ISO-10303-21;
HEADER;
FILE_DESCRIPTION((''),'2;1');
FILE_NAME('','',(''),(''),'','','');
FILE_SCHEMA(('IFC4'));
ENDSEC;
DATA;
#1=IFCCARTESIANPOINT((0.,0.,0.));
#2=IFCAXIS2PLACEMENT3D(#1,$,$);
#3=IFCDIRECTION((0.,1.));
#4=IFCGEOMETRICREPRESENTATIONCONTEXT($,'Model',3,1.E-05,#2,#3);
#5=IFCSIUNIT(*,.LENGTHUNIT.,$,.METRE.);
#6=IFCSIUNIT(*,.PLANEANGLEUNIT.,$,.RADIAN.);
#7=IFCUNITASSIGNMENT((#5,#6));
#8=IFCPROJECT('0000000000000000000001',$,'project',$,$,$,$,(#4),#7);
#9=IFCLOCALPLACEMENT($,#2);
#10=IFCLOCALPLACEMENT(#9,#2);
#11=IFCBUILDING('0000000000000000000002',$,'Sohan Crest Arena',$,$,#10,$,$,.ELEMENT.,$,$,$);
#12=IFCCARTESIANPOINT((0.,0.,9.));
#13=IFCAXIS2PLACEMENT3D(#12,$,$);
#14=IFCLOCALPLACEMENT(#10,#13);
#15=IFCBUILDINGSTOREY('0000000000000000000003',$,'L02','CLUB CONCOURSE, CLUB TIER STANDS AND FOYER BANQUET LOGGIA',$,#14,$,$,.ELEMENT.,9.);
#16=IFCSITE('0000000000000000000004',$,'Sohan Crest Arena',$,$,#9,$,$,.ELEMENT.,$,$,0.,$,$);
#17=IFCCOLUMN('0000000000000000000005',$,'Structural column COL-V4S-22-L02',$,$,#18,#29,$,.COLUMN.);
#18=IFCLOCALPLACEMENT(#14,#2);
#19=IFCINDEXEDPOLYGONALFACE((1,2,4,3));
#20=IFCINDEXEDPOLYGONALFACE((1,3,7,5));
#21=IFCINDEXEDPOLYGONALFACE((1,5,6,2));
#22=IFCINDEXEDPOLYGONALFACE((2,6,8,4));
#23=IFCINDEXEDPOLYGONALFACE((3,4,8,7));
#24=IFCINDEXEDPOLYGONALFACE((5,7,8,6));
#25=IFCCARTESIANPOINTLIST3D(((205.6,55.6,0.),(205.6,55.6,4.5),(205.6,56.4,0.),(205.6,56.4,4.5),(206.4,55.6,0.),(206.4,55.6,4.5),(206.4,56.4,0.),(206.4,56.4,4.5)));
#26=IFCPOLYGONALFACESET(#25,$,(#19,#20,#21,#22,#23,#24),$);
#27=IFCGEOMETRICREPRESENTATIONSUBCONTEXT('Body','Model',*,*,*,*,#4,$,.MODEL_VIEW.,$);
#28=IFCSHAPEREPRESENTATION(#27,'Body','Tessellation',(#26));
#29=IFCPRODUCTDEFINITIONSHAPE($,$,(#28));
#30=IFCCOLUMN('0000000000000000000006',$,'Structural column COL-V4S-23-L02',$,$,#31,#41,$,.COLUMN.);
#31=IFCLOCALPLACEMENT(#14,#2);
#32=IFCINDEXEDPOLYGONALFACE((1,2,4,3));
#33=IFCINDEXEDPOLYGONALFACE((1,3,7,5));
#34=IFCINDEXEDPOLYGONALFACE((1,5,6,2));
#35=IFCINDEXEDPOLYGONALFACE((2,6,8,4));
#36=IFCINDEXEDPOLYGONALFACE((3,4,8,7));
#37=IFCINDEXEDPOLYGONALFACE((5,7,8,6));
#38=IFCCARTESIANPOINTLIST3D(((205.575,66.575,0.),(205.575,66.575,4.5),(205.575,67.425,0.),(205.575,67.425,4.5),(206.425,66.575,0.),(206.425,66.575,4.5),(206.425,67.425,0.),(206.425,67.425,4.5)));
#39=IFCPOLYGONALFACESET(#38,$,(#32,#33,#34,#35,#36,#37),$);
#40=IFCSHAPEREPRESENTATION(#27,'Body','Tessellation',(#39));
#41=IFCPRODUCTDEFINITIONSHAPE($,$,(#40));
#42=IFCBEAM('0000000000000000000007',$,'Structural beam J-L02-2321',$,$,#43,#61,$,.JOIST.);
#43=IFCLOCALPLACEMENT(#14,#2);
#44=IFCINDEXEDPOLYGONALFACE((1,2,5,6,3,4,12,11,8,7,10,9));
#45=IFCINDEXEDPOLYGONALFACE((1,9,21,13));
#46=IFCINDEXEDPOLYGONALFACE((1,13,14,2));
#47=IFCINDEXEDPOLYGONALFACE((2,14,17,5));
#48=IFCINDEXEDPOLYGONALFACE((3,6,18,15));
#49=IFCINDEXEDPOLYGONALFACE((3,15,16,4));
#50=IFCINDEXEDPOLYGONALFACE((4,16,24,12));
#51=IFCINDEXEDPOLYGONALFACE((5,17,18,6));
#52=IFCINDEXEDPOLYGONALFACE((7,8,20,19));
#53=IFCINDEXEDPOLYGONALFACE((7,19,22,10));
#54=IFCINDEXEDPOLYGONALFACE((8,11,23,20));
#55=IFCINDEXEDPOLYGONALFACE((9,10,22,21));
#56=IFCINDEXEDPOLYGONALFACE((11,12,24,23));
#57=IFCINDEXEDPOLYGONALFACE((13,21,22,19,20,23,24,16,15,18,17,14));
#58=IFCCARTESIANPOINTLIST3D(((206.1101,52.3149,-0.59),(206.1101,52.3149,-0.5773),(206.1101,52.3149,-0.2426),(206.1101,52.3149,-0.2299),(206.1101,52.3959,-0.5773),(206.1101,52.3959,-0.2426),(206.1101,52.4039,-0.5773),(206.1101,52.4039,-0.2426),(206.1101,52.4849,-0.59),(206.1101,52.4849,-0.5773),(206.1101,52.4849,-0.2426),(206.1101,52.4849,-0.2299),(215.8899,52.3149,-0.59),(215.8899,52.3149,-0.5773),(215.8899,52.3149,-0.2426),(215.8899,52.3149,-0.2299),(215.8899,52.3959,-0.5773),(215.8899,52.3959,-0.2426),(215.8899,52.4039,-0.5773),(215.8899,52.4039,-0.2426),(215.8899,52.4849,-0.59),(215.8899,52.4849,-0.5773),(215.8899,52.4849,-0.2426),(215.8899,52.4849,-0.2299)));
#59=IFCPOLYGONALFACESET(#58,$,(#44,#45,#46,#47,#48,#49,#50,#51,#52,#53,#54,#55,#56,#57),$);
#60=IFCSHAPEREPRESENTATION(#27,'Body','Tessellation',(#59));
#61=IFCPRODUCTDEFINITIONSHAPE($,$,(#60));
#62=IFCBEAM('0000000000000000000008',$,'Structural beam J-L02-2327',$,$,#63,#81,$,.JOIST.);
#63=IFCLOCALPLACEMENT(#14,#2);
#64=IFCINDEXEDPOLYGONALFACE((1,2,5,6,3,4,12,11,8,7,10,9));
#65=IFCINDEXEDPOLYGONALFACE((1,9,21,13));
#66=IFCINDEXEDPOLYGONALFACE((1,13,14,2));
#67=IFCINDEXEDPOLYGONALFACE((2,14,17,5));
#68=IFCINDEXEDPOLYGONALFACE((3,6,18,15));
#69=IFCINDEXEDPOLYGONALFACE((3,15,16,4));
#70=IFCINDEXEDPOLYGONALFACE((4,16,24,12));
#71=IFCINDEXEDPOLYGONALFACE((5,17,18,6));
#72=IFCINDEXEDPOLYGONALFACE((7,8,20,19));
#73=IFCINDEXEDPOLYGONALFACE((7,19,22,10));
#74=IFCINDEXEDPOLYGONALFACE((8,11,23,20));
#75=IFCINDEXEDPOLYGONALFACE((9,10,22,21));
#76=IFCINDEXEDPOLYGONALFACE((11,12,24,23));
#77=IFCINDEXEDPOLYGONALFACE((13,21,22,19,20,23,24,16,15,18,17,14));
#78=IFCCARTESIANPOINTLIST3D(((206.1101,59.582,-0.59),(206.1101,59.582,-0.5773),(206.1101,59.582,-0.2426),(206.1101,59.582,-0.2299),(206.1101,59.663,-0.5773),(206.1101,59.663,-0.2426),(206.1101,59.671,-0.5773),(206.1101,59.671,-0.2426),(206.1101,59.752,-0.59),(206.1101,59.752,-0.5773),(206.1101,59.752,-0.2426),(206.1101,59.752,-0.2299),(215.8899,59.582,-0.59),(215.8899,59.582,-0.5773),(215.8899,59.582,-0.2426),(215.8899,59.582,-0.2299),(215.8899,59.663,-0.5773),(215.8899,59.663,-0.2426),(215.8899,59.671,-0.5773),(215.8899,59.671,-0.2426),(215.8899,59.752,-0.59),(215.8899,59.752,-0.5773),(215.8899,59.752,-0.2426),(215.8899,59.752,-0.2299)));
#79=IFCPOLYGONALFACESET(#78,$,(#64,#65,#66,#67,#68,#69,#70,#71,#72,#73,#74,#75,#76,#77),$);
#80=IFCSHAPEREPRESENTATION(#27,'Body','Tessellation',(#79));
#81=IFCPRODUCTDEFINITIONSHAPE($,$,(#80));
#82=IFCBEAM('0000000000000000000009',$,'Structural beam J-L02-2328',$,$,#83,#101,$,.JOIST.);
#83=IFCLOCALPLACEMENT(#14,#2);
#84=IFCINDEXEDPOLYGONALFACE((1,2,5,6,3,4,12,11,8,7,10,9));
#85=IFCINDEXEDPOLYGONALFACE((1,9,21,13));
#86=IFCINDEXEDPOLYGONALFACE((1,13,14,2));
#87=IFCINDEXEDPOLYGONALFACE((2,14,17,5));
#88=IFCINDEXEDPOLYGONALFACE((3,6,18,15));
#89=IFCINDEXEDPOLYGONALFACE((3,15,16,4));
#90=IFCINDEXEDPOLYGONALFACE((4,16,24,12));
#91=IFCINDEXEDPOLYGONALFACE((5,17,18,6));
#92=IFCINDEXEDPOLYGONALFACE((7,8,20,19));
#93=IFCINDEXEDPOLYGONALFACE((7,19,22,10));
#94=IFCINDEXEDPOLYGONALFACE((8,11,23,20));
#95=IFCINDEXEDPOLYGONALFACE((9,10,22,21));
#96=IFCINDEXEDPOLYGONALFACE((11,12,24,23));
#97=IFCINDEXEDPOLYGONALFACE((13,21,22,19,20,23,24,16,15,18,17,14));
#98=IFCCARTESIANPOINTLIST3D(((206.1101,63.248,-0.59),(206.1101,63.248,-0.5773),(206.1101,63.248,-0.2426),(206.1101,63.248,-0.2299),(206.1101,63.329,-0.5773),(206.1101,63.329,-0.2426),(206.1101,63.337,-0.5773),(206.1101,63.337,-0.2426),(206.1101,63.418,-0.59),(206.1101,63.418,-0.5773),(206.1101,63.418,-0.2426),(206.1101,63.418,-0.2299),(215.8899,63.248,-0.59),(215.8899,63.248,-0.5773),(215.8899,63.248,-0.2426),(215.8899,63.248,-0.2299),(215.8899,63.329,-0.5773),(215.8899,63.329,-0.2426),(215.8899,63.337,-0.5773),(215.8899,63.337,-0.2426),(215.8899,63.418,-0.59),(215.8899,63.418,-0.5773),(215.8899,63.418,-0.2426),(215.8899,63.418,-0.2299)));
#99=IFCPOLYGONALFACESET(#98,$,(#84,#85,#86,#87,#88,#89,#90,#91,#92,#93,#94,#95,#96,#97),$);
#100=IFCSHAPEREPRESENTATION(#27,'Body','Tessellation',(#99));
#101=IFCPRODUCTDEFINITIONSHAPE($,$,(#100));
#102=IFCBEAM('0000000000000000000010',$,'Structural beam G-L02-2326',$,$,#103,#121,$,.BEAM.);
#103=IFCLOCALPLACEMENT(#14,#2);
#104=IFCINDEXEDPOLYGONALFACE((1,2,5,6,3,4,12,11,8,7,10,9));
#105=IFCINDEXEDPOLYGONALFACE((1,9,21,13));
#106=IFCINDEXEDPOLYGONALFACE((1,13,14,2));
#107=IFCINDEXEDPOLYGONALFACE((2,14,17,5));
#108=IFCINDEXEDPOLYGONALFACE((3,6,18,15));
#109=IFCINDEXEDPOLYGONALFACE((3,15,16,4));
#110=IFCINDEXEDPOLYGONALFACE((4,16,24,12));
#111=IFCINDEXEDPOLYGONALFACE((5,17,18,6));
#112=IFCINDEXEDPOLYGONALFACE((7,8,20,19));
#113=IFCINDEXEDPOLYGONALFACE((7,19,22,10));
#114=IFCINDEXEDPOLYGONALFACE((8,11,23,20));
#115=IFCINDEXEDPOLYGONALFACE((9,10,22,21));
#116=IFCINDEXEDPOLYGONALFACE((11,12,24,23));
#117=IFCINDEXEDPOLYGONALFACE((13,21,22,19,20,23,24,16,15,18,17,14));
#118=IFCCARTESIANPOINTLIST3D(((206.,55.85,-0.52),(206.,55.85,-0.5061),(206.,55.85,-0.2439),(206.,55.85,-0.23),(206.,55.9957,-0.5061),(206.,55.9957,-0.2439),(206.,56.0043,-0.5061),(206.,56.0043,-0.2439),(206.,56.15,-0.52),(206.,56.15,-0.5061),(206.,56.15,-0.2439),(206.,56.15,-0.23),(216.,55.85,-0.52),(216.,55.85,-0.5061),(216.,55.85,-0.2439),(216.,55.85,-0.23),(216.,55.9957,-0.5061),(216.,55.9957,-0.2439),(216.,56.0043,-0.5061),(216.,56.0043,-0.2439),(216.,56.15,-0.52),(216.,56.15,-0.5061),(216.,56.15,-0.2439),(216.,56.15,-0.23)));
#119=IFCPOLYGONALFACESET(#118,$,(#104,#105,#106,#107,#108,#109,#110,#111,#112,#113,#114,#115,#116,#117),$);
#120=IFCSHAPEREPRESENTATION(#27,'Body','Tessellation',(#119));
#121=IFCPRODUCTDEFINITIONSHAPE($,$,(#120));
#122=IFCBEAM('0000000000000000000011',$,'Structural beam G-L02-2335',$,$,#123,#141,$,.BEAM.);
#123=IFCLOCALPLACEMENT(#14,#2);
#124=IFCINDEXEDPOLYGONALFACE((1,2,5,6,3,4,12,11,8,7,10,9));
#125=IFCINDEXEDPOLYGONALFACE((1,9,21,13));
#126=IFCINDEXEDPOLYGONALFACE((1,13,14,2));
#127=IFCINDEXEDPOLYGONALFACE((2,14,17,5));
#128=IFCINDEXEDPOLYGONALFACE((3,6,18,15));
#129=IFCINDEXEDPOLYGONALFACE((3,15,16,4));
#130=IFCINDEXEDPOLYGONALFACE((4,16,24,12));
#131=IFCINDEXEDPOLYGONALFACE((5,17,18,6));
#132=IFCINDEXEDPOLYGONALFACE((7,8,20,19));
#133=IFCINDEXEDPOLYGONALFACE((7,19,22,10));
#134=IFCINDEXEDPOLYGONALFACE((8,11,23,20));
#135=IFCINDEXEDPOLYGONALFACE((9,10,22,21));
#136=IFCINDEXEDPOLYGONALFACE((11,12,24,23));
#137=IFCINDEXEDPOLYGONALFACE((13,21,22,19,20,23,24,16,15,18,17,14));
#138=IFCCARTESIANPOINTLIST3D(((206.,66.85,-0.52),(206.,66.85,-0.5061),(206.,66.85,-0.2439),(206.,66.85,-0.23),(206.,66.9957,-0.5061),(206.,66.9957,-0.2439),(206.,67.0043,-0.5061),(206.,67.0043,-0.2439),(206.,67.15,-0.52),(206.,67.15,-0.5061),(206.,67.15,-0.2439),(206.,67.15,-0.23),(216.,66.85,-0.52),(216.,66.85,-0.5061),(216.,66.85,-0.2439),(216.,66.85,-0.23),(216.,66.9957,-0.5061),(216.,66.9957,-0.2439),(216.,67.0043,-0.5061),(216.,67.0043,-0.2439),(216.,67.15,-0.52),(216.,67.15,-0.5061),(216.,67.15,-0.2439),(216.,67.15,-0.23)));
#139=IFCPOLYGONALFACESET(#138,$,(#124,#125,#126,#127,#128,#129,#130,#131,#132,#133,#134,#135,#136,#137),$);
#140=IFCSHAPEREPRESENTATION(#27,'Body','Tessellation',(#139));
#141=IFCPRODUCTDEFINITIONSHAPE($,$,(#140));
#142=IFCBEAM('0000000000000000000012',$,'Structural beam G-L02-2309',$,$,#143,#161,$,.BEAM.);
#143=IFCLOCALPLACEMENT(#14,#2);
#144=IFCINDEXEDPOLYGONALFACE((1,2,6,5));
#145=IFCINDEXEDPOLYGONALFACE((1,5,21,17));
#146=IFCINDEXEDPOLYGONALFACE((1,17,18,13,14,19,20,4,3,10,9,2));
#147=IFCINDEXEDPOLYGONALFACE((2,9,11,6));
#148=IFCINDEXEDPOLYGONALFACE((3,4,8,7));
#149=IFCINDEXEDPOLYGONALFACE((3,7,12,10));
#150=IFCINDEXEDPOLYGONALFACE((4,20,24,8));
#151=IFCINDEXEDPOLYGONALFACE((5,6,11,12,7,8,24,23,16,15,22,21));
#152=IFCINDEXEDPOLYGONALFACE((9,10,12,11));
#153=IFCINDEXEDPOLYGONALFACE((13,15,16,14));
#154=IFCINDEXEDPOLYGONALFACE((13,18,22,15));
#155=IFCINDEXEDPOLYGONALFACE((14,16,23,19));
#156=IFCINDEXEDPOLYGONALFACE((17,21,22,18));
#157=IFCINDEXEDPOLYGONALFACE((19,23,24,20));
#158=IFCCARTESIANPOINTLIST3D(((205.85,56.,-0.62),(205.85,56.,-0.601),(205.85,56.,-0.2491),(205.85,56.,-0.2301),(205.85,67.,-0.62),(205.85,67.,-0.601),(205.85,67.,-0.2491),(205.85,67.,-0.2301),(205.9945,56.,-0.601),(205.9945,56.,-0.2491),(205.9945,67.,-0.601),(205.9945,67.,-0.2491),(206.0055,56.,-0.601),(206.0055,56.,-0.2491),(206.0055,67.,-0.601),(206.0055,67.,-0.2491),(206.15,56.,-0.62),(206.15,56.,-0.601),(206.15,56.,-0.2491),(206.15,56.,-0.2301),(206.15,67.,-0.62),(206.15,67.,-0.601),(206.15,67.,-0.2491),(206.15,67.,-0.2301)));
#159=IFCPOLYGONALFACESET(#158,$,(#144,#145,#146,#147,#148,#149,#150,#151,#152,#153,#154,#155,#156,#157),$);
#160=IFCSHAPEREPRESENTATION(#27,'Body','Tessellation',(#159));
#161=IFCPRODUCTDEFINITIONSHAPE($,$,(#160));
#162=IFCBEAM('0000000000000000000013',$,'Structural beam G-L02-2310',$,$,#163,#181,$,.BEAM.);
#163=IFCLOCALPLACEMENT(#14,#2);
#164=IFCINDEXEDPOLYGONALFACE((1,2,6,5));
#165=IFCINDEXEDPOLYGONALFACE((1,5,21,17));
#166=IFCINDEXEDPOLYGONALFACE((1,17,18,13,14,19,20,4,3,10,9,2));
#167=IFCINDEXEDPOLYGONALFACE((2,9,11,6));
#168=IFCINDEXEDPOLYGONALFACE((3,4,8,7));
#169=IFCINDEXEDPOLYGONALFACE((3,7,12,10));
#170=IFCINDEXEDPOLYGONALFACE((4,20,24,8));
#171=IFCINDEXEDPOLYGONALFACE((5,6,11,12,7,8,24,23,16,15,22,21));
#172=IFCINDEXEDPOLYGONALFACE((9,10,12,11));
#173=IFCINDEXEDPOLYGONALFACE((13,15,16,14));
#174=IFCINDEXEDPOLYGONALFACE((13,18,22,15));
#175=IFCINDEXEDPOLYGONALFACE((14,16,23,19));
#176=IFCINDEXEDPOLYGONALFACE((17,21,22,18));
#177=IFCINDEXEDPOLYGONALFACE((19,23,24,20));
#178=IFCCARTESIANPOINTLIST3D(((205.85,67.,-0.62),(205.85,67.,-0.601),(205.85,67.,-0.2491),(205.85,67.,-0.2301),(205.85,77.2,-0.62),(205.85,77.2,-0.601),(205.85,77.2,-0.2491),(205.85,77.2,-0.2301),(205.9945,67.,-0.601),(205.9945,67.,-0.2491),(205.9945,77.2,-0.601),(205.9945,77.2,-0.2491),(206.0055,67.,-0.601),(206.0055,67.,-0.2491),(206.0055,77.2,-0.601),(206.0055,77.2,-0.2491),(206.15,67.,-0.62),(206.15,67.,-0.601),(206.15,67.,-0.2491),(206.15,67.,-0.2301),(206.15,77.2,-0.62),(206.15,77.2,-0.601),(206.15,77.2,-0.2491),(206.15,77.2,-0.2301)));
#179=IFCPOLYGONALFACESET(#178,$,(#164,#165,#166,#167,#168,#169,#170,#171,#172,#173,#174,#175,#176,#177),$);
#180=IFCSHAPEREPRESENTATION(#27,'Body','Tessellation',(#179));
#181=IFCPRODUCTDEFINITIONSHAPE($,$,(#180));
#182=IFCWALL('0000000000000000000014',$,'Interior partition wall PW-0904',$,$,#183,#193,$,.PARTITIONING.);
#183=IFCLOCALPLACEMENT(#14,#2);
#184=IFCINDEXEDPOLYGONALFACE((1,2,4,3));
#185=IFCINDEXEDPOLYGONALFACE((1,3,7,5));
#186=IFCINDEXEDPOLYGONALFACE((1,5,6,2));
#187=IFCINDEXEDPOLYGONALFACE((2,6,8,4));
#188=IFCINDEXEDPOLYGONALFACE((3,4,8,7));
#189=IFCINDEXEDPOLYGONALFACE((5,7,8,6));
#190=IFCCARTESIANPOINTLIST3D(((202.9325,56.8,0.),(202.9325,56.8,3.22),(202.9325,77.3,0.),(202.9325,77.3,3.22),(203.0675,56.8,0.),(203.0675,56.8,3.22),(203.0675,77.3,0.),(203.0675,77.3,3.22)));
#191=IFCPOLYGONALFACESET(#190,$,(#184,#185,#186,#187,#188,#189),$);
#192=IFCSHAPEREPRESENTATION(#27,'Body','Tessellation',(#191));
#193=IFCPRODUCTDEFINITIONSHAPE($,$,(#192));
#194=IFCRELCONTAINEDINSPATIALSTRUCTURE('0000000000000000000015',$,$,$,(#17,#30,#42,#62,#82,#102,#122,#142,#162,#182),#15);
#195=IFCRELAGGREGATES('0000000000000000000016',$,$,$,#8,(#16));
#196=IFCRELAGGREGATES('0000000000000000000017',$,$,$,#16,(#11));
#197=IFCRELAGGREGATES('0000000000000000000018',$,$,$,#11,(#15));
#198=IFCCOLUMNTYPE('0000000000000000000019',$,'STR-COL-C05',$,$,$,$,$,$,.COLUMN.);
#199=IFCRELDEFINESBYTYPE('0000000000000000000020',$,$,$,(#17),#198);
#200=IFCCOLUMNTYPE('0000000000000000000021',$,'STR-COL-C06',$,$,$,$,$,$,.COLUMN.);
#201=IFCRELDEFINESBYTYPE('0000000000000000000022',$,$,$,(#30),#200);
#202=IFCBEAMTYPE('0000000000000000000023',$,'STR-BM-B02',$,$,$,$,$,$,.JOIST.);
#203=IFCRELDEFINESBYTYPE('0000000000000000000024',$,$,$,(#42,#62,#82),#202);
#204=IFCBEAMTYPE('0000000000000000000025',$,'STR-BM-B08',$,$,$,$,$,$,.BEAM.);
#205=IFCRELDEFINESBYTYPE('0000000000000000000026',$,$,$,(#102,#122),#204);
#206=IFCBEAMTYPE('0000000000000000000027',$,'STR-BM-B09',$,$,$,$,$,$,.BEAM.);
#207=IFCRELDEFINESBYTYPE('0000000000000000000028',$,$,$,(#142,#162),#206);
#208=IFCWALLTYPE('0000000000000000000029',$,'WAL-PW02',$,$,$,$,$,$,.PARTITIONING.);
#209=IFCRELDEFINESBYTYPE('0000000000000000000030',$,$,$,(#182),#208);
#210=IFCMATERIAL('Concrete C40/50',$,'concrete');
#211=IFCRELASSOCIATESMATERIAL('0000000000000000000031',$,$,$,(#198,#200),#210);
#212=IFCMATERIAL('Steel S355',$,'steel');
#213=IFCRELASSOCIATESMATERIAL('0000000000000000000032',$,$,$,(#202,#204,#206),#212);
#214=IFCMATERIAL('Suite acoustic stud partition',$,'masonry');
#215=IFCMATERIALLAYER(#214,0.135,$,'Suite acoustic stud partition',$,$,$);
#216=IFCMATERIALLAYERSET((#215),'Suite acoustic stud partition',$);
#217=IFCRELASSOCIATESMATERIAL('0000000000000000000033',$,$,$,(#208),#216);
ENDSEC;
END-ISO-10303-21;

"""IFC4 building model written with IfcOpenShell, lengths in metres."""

from ifc_helpers import new_model, si_unit, direction, frame, frame_2d, origin, origin_2d, place, context, subcontext, project, spatial, rectangle, i_section, extrude, material, layer, layer_set, material_profile, profile_set, type_object, element, save


model = new_model("IFC4")

# Units and contexts
model_context = context("Model", 3, precision=1e-05, world=origin(), true_north=direction((0.0, 1.0)))
body_context = subcontext(model_context, "Body", "Model", "MODEL_VIEW")
ifc_project = project(units=[si_unit("LENGTHUNIT", "METRE"), si_unit("PLANEANGLEUNIT", "RADIAN")], contexts=[model_context])

# Site, building, storey
site_placement = place(None, origin())
site = spatial("IfcSite", under=ifc_project, at=site_placement, Name="Sohan Crest Arena", CompositionType="ELEMENT", RefElevation=0.0)
building_placement = place(site_placement, origin())
building = spatial("IfcBuilding", under=site, at=building_placement, Name="Sohan Crest Arena", CompositionType="ELEMENT")
storey_placement = place(building_placement, frame((0.0, 0.0, 9.0)))
storey = spatial("IfcBuildingStorey", under=building, at=storey_placement, Name="L02", Description="CLUB CONCOURSE, CLUB TIER STANDS AND FOYER BANQUET LOGGIA", CompositionType="ELEMENT", Elevation=9.0)

# Columns
ifc_material_1 = material(Name="Concrete C40/50", Category="concrete")
ifc_material_profile_1 = material_profile(ifc_material_1, rectangle(XDim=0.8, YDim=0.8, at=origin_2d()), Name="RC 800x800")
ifc_profile_set_1 = profile_set([ifc_material_profile_1], Name="Concrete C40/50")
column_type_1 = type_object("IfcColumnType", Name="STR-COL-C05", PredefinedType="COLUMN", material=ifc_profile_set_1)
column_1_placement = place(storey_placement, frame((206.0, 56.0, 0.0), z_axis=(0.0, 0.0, 1.0), x_axis=(1.0, 0.0, 0.0)))
element("IfcColumn", 1, at=column_1_placement, inside=storey, type_object=column_type_1, Name="Structural column COL-V4S-22-L02", PredefinedType="COLUMN", context=body_context, shape_type="SweptSolid", body=[
    extrude(rectangle(XDim=0.8, YDim=0.8, at=origin_2d()), origin(), (0.0, 0.0, 1.0), 4.5),
])
ifc_material_profile_2 = material_profile(ifc_material_1, rectangle(XDim=0.8501, YDim=0.8501, at=origin_2d()), Name="RC 850x850")
ifc_profile_set_2 = profile_set([ifc_material_profile_2], Name="Concrete C40/50")
column_type_2 = type_object("IfcColumnType", Name="STR-COL-C06", PredefinedType="COLUMN", material=ifc_profile_set_2)
column_2_placement = place(storey_placement, frame((206.0, 67.0, 0.0), z_axis=(0.0, 0.0, 1.0), x_axis=(1.0, 0.0, 0.0)))
element("IfcColumn", 2, at=column_2_placement, inside=storey, type_object=column_type_2, Name="Structural column COL-V4S-23-L02", PredefinedType="COLUMN", context=body_context, shape_type="SweptSolid", body=[
    extrude(rectangle(XDim=0.8501, YDim=0.8501, at=origin_2d()), origin(), (0.0, 0.0, 1.0), 4.5),
])

# Beams
ifc_material_2 = material(Name="Steel S355", Category="steel")
ifc_material_profile_3 = material_profile(ifc_material_2, i_section(OverallWidth=0.1699, OverallDepth=0.3601, WebThickness=0.0081, FlangeThickness=0.0127, at=origin_2d()), Name="IPE 360")
ifc_profile_set_3 = profile_set([ifc_material_profile_3], Name="Steel S355")
beam_type_1 = type_object("IfcBeamType", Name="STR-BM-B02", PredefinedType="JOIST", material=ifc_profile_set_3)
for number, where, z_axis, x_axis, name in (
    (3, (206.1101, 52.3999, -0.4099), (1.0, 0.0, 0.0), (0.0, 1.0, 0.0), "Structural beam J-L02-2321"),
    (4, (206.1101, 59.667, -0.4099), (1.0, 0.0, 0.0), (0.0, 1.0, 0.0), "Structural beam J-L02-2327"),
    (5, (206.1101, 63.333, -0.4099), (1.0, 0.0, 0.0), (0.0, 1.0, 0.0), "Structural beam J-L02-2328"),
):
    element("IfcBeam", number, at=place(storey_placement, frame(where, z_axis=z_axis, x_axis=x_axis)), inside=storey, type_object=beam_type_1, Name=name, PredefinedType="JOIST", context=body_context, shape_type="SweptSolid", body=[
        extrude(i_section(OverallWidth=0.1699, OverallDepth=0.3601, WebThickness=0.0081, FlangeThickness=0.0127, at=origin_2d()), origin(), (0.0, 0.0, 1.0), 9.7798),
    ])
ifc_material_profile_4 = material_profile(ifc_material_2, i_section(OverallWidth=0.3, OverallDepth=0.29, WebThickness=0.0085, FlangeThickness=0.0139, at=origin_2d()), Name="HEA 300")
ifc_profile_set_4 = profile_set([ifc_material_profile_4], Name="Steel S355")
beam_type_2 = type_object("IfcBeamType", Name="STR-BM-B08", PredefinedType="BEAM", material=ifc_profile_set_4)
for number, where, z_axis, x_axis, name in (
    (6, (206.0, 56.0, -0.375), (1.0, 0.0, 0.0), (0.0, 1.0, 0.0), "Structural beam G-L02-2326"),
    (7, (206.0, 67.0, -0.375), (1.0, 0.0, 0.0), (0.0, 1.0, 0.0), "Structural beam G-L02-2335"),
):
    element("IfcBeam", number, at=place(storey_placement, frame(where, z_axis=z_axis, x_axis=x_axis)), inside=storey, type_object=beam_type_2, Name=name, PredefinedType="BEAM", context=body_context, shape_type="SweptSolid", body=[
        extrude(i_section(OverallWidth=0.3, OverallDepth=0.29, WebThickness=0.0085, FlangeThickness=0.0139, at=origin_2d()), origin(), (0.0, 0.0, 1.0), 10.0),
    ])
ifc_material_profile_5 = material_profile(ifc_material_2, i_section(OverallWidth=0.3, OverallDepth=0.3899, WebThickness=0.011, FlangeThickness=0.019, at=origin_2d()), Name="HEA 400")
ifc_profile_set_5 = profile_set([ifc_material_profile_5], Name="Steel S355")
beam_type_3 = type_object("IfcBeamType", Name="STR-BM-B09", PredefinedType="BEAM", material=ifc_profile_set_5)
beam_1_placement = place(storey_placement, frame((206.0, 56.0, -0.425), z_axis=(0.0, 1.0, 0.0), x_axis=(-1.0, 0.0, 0.0)))
element("IfcBeam", 8, at=beam_1_placement, inside=storey, type_object=beam_type_3, Name="Structural beam G-L02-2309", PredefinedType="BEAM", context=body_context, shape_type="SweptSolid", body=[
    extrude(i_section(OverallWidth=0.3, OverallDepth=0.3899, WebThickness=0.011, FlangeThickness=0.019, at=origin_2d()), origin(), (0.0, 0.0, 1.0), 11.0),
])
beam_2_placement = place(storey_placement, frame((206.0, 67.0, -0.425), z_axis=(0.0, 1.0, 0.0), x_axis=(-1.0, 0.0, 0.0)))
element("IfcBeam", 9, at=beam_2_placement, inside=storey, type_object=beam_type_3, Name="Structural beam G-L02-2310", PredefinedType="BEAM", context=body_context, shape_type="SweptSolid", body=[
    extrude(i_section(OverallWidth=0.3, OverallDepth=0.3899, WebThickness=0.011, FlangeThickness=0.019, at=origin_2d()), origin(), (0.0, 0.0, 1.0), 10.2),
])

# Wall
ifc_material_3 = material(Name="Suite acoustic stud partition", Category="masonry")
ifc_layer_1 = layer(ifc_material_3, 0.135, Name="Suite acoustic stud partition")
ifc_layer_set_1 = layer_set([ifc_layer_1], Name="Suite acoustic stud partition")
wall_type_1 = type_object("IfcWallType", Name="WAL-PW02", PredefinedType="PARTITIONING", material=ifc_layer_set_1)
for number, where, z_axis, x_axis, name in (
    (10, (203.0, 56.8, 0.0), (0.0, 0.0, 1.0), (0.0, 1.0, 0.0), "Interior partition wall PW-0904"),
):
    element("IfcWall", number, at=place(storey_placement, frame(where, z_axis=z_axis, x_axis=x_axis)), inside=storey, type_object=wall_type_1, Name=name, PredefinedType="PARTITIONING", context=body_context, shape_type="SweptSolid", body=[
        extrude(rectangle(XDim=20.5, YDim=0.135, at=frame_2d((10.25, 0.0))), origin(), (0.0, 0.0, 1.0), 3.22),
    ])

save(model, "model.ifc")
